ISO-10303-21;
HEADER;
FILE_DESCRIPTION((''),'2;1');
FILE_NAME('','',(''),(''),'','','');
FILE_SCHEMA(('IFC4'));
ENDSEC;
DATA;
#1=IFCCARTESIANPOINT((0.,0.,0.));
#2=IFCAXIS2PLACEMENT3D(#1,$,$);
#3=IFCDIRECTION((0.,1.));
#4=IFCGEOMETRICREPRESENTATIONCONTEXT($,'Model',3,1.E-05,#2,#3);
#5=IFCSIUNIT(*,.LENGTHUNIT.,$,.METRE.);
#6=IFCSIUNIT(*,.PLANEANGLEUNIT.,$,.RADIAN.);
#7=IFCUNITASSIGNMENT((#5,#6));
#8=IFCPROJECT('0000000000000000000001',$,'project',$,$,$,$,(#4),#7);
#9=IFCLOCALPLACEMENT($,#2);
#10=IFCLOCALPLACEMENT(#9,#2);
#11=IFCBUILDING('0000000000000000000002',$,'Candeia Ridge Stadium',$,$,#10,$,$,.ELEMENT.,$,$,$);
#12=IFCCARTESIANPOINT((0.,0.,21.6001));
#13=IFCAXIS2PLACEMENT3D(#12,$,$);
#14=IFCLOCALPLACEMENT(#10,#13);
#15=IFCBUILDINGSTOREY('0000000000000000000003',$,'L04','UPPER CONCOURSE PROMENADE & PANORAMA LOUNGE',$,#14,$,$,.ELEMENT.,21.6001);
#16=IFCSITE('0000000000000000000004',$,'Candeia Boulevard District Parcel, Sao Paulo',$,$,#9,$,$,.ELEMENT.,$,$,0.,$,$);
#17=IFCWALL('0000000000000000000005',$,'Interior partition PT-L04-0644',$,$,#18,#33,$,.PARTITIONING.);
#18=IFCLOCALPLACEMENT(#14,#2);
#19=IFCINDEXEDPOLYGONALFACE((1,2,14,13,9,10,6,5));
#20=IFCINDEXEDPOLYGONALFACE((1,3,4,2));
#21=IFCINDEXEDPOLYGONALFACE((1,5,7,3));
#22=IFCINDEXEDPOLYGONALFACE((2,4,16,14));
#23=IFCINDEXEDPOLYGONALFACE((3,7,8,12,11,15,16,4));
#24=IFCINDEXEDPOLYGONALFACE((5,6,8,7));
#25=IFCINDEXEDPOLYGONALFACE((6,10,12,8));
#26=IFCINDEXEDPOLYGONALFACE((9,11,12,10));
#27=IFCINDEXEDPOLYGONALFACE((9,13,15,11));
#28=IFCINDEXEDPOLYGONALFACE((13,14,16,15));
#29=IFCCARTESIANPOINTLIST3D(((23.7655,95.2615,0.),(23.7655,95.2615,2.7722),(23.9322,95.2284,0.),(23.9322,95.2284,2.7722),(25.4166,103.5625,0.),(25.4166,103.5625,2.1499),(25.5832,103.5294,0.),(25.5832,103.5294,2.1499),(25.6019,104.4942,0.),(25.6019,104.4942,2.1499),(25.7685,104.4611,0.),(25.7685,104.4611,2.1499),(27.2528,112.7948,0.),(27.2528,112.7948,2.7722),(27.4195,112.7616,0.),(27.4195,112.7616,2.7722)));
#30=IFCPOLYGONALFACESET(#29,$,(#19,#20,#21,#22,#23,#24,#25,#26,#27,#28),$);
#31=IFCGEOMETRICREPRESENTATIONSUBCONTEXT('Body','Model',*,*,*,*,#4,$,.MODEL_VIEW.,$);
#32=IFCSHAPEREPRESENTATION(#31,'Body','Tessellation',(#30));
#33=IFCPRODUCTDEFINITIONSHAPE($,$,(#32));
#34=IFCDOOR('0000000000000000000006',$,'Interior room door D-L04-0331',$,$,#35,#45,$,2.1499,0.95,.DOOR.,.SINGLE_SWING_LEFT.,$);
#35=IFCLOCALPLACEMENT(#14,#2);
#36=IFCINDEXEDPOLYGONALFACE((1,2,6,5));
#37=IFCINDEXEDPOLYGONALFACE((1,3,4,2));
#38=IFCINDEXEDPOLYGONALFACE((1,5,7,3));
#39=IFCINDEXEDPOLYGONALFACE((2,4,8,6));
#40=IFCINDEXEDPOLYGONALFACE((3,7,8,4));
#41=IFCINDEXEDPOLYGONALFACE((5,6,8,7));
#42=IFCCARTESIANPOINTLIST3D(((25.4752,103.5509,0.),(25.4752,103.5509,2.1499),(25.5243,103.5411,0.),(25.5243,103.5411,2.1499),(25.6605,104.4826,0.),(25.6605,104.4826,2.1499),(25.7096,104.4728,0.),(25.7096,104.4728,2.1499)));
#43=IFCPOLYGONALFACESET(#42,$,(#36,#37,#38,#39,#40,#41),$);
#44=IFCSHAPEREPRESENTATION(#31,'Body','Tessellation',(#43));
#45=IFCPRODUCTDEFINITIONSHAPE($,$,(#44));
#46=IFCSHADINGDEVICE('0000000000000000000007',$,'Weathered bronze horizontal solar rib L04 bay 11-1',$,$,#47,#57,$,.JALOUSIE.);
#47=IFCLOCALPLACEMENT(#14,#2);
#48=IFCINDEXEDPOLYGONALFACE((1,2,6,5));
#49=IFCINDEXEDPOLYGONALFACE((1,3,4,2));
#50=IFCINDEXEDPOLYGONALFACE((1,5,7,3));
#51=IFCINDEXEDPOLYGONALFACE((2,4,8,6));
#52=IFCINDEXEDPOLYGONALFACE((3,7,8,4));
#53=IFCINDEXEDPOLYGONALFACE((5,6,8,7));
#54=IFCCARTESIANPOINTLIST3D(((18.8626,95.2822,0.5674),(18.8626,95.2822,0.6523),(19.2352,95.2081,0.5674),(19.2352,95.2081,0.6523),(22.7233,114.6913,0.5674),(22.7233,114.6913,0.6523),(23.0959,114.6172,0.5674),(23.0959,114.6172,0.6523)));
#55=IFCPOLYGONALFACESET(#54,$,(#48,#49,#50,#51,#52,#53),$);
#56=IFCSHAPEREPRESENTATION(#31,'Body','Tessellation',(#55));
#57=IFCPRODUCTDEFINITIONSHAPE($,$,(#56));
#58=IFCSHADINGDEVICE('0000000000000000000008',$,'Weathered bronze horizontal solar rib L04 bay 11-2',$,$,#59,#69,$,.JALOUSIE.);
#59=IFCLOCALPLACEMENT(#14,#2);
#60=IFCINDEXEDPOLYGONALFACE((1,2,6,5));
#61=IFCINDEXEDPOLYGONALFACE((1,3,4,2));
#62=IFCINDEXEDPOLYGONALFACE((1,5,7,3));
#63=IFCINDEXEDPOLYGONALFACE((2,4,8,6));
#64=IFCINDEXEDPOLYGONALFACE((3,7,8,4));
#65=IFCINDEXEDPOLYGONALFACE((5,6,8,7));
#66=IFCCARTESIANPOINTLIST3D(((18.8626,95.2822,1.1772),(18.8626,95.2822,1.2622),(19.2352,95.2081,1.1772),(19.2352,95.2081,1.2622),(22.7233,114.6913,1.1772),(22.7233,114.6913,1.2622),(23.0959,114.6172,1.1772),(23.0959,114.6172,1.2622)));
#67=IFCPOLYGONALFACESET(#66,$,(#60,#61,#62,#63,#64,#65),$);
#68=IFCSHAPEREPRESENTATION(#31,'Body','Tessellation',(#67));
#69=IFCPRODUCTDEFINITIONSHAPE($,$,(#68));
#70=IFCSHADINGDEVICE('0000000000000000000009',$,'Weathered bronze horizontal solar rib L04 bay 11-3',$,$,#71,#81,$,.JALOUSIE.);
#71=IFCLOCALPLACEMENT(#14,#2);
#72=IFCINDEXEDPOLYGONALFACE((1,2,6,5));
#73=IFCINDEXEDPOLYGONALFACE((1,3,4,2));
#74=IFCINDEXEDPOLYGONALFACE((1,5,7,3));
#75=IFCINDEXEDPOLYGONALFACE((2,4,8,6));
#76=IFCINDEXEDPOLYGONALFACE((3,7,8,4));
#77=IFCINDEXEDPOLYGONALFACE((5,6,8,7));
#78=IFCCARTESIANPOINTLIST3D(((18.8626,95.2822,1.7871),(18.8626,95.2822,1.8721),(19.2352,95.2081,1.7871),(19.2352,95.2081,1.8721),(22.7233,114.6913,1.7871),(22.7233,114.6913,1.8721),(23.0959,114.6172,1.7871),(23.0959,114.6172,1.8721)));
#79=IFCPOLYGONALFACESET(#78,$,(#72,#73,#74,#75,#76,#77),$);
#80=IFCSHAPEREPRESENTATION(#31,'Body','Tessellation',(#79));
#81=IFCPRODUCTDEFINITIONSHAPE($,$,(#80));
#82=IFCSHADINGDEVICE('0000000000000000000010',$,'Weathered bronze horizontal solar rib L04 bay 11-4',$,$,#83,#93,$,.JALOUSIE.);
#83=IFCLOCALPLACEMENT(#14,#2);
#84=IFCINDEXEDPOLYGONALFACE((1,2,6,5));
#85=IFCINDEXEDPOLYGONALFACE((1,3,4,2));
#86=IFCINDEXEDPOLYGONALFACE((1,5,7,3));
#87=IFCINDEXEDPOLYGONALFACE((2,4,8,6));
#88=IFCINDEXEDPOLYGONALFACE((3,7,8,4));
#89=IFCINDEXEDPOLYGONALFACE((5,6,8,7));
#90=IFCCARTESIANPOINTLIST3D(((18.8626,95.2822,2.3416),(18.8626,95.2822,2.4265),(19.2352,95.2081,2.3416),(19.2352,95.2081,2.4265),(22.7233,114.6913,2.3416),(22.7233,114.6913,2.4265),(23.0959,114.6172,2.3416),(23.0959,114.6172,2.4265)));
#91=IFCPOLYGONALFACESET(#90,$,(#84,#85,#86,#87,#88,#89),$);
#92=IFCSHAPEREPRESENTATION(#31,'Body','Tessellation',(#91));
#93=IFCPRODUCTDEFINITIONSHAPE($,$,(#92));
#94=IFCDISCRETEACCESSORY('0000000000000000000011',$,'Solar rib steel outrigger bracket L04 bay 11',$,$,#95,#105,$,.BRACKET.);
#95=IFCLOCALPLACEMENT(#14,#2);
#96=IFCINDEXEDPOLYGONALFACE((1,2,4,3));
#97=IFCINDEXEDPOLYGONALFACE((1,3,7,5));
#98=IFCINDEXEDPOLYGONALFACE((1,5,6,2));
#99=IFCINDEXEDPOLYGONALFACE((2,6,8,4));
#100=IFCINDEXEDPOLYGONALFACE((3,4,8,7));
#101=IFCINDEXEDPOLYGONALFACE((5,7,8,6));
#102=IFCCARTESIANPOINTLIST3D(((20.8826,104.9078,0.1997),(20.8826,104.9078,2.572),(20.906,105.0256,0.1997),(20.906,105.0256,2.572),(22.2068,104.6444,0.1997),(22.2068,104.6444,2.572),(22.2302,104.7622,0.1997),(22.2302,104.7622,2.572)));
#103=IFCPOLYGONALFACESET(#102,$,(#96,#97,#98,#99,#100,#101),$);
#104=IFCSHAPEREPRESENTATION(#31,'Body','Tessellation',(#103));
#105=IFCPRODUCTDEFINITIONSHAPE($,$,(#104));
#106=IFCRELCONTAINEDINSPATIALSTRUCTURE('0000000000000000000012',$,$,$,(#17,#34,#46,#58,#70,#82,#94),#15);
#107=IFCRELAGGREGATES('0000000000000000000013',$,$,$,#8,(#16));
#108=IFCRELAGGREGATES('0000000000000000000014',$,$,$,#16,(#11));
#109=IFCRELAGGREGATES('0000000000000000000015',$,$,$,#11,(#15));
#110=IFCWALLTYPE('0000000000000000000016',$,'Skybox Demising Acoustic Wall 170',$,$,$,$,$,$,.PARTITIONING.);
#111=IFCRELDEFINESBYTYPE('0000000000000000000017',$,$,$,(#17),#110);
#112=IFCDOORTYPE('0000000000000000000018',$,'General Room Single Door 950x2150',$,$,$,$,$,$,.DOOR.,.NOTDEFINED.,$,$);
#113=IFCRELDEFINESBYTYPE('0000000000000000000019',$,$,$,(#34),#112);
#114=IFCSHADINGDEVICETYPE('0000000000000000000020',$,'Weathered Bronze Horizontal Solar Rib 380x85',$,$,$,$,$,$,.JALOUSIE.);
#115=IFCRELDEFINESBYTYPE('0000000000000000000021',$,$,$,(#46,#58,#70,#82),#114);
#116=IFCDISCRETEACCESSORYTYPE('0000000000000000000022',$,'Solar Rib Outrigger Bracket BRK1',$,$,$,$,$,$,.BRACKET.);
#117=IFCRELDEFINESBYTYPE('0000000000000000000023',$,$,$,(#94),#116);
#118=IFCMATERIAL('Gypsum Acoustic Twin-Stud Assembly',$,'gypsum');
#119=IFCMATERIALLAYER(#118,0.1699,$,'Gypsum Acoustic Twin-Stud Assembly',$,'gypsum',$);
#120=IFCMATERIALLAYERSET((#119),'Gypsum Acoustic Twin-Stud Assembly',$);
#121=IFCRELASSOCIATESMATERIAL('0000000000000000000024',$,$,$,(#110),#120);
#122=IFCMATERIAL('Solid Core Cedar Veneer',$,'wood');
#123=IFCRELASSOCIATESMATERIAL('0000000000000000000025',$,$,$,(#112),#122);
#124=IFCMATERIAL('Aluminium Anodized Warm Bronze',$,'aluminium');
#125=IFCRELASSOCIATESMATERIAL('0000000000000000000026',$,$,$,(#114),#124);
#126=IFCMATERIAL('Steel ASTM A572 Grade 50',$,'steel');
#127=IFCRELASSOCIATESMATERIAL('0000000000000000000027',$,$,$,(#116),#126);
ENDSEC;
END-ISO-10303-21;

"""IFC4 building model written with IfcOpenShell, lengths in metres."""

from ifc_helpers import new_model, si_unit, direction, frame, frame_2d, origin, origin_2d, place, context, subcontext, project, spatial, rectangle, extrude, material, layer, layer_set, type_object, element, fill, save


model = new_model("IFC4")

# Units and contexts
model_context = context("Model", 3, precision=1e-05, world=origin(), true_north=direction((0.0, 1.0)))
body_context = subcontext(model_context, "Body", "Model", "MODEL_VIEW")
ifc_project = project(units=[si_unit("LENGTHUNIT", "METRE"), si_unit("PLANEANGLEUNIT", "RADIAN")], contexts=[model_context])

# Site, building, storey
site_placement = place(None, origin())
site = spatial("IfcSite", under=ifc_project, at=site_placement, Name="Candeia Boulevard District Parcel, Sao Paulo", CompositionType="ELEMENT", RefElevation=0.0)
building_placement = place(site_placement, origin())
building = spatial("IfcBuilding", under=site, at=building_placement, Name="Candeia Ridge Stadium", CompositionType="ELEMENT")
storey_placement = place(building_placement, frame((0.0, 0.0, 21.6001)))
storey = spatial("IfcBuildingStorey", under=building, at=storey_placement, Name="L04", Description="UPPER CONCOURSE PROMENADE & PANORAMA LOUNGE", CompositionType="ELEMENT", Elevation=21.6001)

# Shared definitions
ifc_material_1 = material(Name="Aluminium Anodized Warm Bronze", Category="aluminium")

# Wall, opening, door
ifc_material_2 = material(Name="Gypsum Acoustic Twin-Stud Assembly", Category="gypsum")
ifc_layer_1 = layer(ifc_material_2, 0.1699, Name="Gypsum Acoustic Twin-Stud Assembly", Category="gypsum")
ifc_layer_set_1 = layer_set([ifc_layer_1], Name="Gypsum Acoustic Twin-Stud Assembly")
wall_type_1 = type_object("IfcWallType", Name="Skybox Demising Acoustic Wall 170", PredefinedType="PARTITIONING", material=ifc_layer_set_1)
wall_1_placement = place(storey_placement, frame((27.3362, 112.7783, 0.0), z_axis=(0.0, 0.0, 1.0), x_axis=(-0.195076, -0.980788, 0.0)))
wall_1 = element("IfcWall", 1, at=wall_1_placement, inside=storey, type_object=wall_type_1, Name="Interior partition PT-L04-0644", PredefinedType="PARTITIONING", context=body_context, shape_type="SweptSolid", body=[
    extrude(rectangle(XDim=17.8767, YDim=0.1699, at=frame_2d((8.9385, 0.0))), origin(), (0.0, 0.0, 1.0), 2.7722),
])
opening_placement = place(wall_1_placement, frame((8.4631, 0.0, 0.0)))
opening = element("IfcOpeningElement", 2, at=opening_placement, cuts=wall_1, PredefinedType="OPENING", context=body_context, shape_type="SweptSolid", body=[
    extrude(rectangle(XDim=0.95, YDim=2.1499, at=frame_2d((0.4751, 1.075))), frame((0.0, 0.095, 0.0), z_axis=(0.0, -1.0, 0.0), x_axis=(1.0, 0.0, 0.0)), (0.0, 0.0, 1.0), 0.1899),
])
ifc_material_3 = material(Name="Solid Core Cedar Veneer", Category="wood")
door_type = type_object("IfcDoorType", Name="General Room Single Door 950x2150", OperationType="NOTDEFINED", PredefinedType="DOOR", material=ifc_material_3)
door_placement = place(opening_placement, origin())
door = element("IfcDoor", 3, at=door_placement, inside=storey, type_object=door_type, Name="Interior room door D-L04-0331", OperationType="SINGLE_SWING_LEFT", OverallHeight=2.1499, OverallWidth=0.95, PredefinedType="DOOR", context=body_context, shape_type="SweptSolid", body=[
    extrude(rectangle(XDim=0.95, YDim=2.1499, at=frame_2d((0.4751, 1.075))), frame((0.0, 0.0249, 0.0), z_axis=(0.0, -1.0, 0.0), x_axis=(1.0, 0.0, 0.0)), (0.0, 0.0, 1.0), 0.05),
])
fill(opening, door)

# Shading devices
shading_device_type = type_object("IfcShadingDeviceType", Name="Weathered Bronze Horizontal Solar Rib 380x85", PredefinedType="JALOUSIE", material=ifc_material_1)
for number, where, z_axis, x_axis, name in (
    (4, (20.9792, 104.9497, 0.5674), (0.0, 0.0, 1.0), (-0.19509, -0.980785, 0.0), "Weathered bronze horizontal solar rib L04 bay 11-1"),
    (5, (20.9792, 104.9497, 1.1772), (0.0, 0.0, 1.0), (-0.19509, -0.980785, 0.0), "Weathered bronze horizontal solar rib L04 bay 11-2"),
    (6, (20.9792, 104.9497, 1.7871), (0.0, 0.0, 1.0), (-0.19509, -0.980785, 0.0), "Weathered bronze horizontal solar rib L04 bay 11-3"),
    (7, (20.9792, 104.9497, 2.3416), (0.0, 0.0, 1.0), (-0.19509, -0.980785, 0.0), "Weathered bronze horizontal solar rib L04 bay 11-4"),
):
    element("IfcShadingDevice", number, at=place(storey_placement, frame(where, z_axis=z_axis, x_axis=x_axis)), inside=storey, type_object=shading_device_type, Name=name, PredefinedType="JALOUSIE", context=body_context, shape_type="SweptSolid", body=[
        extrude(rectangle(XDim=19.7893, YDim=0.3799, at=origin_2d()), origin(), (0.0, 0.0, 1.0), 0.085),
    ])

# Discrete accessory
ifc_material_4 = material(Name="Steel ASTM A572 Grade 50", Category="steel")
discrete_accessory_type = type_object("IfcDiscreteAccessoryType", Name="Solar Rib Outrigger Bracket BRK1", PredefinedType="BRACKET", material=ifc_material_4)
discrete_accessory_placement = place(storey_placement, frame((21.5564, 104.835, 0.1997), z_axis=(0.0, 0.0, 1.0), x_axis=(-0.980785, 0.19509, 0.0)))
element("IfcDiscreteAccessory", 8, at=discrete_accessory_placement, inside=storey, type_object=discrete_accessory_type, Name="Solar rib steel outrigger bracket L04 bay 11", PredefinedType="BRACKET", context=body_context, shape_type="SweptSolid", body=[
    extrude(rectangle(XDim=1.3501, YDim=0.1201, at=origin_2d()), origin(), (0.0, 0.0, 1.0), 2.3723),
])

save(model, "model.ifc")
